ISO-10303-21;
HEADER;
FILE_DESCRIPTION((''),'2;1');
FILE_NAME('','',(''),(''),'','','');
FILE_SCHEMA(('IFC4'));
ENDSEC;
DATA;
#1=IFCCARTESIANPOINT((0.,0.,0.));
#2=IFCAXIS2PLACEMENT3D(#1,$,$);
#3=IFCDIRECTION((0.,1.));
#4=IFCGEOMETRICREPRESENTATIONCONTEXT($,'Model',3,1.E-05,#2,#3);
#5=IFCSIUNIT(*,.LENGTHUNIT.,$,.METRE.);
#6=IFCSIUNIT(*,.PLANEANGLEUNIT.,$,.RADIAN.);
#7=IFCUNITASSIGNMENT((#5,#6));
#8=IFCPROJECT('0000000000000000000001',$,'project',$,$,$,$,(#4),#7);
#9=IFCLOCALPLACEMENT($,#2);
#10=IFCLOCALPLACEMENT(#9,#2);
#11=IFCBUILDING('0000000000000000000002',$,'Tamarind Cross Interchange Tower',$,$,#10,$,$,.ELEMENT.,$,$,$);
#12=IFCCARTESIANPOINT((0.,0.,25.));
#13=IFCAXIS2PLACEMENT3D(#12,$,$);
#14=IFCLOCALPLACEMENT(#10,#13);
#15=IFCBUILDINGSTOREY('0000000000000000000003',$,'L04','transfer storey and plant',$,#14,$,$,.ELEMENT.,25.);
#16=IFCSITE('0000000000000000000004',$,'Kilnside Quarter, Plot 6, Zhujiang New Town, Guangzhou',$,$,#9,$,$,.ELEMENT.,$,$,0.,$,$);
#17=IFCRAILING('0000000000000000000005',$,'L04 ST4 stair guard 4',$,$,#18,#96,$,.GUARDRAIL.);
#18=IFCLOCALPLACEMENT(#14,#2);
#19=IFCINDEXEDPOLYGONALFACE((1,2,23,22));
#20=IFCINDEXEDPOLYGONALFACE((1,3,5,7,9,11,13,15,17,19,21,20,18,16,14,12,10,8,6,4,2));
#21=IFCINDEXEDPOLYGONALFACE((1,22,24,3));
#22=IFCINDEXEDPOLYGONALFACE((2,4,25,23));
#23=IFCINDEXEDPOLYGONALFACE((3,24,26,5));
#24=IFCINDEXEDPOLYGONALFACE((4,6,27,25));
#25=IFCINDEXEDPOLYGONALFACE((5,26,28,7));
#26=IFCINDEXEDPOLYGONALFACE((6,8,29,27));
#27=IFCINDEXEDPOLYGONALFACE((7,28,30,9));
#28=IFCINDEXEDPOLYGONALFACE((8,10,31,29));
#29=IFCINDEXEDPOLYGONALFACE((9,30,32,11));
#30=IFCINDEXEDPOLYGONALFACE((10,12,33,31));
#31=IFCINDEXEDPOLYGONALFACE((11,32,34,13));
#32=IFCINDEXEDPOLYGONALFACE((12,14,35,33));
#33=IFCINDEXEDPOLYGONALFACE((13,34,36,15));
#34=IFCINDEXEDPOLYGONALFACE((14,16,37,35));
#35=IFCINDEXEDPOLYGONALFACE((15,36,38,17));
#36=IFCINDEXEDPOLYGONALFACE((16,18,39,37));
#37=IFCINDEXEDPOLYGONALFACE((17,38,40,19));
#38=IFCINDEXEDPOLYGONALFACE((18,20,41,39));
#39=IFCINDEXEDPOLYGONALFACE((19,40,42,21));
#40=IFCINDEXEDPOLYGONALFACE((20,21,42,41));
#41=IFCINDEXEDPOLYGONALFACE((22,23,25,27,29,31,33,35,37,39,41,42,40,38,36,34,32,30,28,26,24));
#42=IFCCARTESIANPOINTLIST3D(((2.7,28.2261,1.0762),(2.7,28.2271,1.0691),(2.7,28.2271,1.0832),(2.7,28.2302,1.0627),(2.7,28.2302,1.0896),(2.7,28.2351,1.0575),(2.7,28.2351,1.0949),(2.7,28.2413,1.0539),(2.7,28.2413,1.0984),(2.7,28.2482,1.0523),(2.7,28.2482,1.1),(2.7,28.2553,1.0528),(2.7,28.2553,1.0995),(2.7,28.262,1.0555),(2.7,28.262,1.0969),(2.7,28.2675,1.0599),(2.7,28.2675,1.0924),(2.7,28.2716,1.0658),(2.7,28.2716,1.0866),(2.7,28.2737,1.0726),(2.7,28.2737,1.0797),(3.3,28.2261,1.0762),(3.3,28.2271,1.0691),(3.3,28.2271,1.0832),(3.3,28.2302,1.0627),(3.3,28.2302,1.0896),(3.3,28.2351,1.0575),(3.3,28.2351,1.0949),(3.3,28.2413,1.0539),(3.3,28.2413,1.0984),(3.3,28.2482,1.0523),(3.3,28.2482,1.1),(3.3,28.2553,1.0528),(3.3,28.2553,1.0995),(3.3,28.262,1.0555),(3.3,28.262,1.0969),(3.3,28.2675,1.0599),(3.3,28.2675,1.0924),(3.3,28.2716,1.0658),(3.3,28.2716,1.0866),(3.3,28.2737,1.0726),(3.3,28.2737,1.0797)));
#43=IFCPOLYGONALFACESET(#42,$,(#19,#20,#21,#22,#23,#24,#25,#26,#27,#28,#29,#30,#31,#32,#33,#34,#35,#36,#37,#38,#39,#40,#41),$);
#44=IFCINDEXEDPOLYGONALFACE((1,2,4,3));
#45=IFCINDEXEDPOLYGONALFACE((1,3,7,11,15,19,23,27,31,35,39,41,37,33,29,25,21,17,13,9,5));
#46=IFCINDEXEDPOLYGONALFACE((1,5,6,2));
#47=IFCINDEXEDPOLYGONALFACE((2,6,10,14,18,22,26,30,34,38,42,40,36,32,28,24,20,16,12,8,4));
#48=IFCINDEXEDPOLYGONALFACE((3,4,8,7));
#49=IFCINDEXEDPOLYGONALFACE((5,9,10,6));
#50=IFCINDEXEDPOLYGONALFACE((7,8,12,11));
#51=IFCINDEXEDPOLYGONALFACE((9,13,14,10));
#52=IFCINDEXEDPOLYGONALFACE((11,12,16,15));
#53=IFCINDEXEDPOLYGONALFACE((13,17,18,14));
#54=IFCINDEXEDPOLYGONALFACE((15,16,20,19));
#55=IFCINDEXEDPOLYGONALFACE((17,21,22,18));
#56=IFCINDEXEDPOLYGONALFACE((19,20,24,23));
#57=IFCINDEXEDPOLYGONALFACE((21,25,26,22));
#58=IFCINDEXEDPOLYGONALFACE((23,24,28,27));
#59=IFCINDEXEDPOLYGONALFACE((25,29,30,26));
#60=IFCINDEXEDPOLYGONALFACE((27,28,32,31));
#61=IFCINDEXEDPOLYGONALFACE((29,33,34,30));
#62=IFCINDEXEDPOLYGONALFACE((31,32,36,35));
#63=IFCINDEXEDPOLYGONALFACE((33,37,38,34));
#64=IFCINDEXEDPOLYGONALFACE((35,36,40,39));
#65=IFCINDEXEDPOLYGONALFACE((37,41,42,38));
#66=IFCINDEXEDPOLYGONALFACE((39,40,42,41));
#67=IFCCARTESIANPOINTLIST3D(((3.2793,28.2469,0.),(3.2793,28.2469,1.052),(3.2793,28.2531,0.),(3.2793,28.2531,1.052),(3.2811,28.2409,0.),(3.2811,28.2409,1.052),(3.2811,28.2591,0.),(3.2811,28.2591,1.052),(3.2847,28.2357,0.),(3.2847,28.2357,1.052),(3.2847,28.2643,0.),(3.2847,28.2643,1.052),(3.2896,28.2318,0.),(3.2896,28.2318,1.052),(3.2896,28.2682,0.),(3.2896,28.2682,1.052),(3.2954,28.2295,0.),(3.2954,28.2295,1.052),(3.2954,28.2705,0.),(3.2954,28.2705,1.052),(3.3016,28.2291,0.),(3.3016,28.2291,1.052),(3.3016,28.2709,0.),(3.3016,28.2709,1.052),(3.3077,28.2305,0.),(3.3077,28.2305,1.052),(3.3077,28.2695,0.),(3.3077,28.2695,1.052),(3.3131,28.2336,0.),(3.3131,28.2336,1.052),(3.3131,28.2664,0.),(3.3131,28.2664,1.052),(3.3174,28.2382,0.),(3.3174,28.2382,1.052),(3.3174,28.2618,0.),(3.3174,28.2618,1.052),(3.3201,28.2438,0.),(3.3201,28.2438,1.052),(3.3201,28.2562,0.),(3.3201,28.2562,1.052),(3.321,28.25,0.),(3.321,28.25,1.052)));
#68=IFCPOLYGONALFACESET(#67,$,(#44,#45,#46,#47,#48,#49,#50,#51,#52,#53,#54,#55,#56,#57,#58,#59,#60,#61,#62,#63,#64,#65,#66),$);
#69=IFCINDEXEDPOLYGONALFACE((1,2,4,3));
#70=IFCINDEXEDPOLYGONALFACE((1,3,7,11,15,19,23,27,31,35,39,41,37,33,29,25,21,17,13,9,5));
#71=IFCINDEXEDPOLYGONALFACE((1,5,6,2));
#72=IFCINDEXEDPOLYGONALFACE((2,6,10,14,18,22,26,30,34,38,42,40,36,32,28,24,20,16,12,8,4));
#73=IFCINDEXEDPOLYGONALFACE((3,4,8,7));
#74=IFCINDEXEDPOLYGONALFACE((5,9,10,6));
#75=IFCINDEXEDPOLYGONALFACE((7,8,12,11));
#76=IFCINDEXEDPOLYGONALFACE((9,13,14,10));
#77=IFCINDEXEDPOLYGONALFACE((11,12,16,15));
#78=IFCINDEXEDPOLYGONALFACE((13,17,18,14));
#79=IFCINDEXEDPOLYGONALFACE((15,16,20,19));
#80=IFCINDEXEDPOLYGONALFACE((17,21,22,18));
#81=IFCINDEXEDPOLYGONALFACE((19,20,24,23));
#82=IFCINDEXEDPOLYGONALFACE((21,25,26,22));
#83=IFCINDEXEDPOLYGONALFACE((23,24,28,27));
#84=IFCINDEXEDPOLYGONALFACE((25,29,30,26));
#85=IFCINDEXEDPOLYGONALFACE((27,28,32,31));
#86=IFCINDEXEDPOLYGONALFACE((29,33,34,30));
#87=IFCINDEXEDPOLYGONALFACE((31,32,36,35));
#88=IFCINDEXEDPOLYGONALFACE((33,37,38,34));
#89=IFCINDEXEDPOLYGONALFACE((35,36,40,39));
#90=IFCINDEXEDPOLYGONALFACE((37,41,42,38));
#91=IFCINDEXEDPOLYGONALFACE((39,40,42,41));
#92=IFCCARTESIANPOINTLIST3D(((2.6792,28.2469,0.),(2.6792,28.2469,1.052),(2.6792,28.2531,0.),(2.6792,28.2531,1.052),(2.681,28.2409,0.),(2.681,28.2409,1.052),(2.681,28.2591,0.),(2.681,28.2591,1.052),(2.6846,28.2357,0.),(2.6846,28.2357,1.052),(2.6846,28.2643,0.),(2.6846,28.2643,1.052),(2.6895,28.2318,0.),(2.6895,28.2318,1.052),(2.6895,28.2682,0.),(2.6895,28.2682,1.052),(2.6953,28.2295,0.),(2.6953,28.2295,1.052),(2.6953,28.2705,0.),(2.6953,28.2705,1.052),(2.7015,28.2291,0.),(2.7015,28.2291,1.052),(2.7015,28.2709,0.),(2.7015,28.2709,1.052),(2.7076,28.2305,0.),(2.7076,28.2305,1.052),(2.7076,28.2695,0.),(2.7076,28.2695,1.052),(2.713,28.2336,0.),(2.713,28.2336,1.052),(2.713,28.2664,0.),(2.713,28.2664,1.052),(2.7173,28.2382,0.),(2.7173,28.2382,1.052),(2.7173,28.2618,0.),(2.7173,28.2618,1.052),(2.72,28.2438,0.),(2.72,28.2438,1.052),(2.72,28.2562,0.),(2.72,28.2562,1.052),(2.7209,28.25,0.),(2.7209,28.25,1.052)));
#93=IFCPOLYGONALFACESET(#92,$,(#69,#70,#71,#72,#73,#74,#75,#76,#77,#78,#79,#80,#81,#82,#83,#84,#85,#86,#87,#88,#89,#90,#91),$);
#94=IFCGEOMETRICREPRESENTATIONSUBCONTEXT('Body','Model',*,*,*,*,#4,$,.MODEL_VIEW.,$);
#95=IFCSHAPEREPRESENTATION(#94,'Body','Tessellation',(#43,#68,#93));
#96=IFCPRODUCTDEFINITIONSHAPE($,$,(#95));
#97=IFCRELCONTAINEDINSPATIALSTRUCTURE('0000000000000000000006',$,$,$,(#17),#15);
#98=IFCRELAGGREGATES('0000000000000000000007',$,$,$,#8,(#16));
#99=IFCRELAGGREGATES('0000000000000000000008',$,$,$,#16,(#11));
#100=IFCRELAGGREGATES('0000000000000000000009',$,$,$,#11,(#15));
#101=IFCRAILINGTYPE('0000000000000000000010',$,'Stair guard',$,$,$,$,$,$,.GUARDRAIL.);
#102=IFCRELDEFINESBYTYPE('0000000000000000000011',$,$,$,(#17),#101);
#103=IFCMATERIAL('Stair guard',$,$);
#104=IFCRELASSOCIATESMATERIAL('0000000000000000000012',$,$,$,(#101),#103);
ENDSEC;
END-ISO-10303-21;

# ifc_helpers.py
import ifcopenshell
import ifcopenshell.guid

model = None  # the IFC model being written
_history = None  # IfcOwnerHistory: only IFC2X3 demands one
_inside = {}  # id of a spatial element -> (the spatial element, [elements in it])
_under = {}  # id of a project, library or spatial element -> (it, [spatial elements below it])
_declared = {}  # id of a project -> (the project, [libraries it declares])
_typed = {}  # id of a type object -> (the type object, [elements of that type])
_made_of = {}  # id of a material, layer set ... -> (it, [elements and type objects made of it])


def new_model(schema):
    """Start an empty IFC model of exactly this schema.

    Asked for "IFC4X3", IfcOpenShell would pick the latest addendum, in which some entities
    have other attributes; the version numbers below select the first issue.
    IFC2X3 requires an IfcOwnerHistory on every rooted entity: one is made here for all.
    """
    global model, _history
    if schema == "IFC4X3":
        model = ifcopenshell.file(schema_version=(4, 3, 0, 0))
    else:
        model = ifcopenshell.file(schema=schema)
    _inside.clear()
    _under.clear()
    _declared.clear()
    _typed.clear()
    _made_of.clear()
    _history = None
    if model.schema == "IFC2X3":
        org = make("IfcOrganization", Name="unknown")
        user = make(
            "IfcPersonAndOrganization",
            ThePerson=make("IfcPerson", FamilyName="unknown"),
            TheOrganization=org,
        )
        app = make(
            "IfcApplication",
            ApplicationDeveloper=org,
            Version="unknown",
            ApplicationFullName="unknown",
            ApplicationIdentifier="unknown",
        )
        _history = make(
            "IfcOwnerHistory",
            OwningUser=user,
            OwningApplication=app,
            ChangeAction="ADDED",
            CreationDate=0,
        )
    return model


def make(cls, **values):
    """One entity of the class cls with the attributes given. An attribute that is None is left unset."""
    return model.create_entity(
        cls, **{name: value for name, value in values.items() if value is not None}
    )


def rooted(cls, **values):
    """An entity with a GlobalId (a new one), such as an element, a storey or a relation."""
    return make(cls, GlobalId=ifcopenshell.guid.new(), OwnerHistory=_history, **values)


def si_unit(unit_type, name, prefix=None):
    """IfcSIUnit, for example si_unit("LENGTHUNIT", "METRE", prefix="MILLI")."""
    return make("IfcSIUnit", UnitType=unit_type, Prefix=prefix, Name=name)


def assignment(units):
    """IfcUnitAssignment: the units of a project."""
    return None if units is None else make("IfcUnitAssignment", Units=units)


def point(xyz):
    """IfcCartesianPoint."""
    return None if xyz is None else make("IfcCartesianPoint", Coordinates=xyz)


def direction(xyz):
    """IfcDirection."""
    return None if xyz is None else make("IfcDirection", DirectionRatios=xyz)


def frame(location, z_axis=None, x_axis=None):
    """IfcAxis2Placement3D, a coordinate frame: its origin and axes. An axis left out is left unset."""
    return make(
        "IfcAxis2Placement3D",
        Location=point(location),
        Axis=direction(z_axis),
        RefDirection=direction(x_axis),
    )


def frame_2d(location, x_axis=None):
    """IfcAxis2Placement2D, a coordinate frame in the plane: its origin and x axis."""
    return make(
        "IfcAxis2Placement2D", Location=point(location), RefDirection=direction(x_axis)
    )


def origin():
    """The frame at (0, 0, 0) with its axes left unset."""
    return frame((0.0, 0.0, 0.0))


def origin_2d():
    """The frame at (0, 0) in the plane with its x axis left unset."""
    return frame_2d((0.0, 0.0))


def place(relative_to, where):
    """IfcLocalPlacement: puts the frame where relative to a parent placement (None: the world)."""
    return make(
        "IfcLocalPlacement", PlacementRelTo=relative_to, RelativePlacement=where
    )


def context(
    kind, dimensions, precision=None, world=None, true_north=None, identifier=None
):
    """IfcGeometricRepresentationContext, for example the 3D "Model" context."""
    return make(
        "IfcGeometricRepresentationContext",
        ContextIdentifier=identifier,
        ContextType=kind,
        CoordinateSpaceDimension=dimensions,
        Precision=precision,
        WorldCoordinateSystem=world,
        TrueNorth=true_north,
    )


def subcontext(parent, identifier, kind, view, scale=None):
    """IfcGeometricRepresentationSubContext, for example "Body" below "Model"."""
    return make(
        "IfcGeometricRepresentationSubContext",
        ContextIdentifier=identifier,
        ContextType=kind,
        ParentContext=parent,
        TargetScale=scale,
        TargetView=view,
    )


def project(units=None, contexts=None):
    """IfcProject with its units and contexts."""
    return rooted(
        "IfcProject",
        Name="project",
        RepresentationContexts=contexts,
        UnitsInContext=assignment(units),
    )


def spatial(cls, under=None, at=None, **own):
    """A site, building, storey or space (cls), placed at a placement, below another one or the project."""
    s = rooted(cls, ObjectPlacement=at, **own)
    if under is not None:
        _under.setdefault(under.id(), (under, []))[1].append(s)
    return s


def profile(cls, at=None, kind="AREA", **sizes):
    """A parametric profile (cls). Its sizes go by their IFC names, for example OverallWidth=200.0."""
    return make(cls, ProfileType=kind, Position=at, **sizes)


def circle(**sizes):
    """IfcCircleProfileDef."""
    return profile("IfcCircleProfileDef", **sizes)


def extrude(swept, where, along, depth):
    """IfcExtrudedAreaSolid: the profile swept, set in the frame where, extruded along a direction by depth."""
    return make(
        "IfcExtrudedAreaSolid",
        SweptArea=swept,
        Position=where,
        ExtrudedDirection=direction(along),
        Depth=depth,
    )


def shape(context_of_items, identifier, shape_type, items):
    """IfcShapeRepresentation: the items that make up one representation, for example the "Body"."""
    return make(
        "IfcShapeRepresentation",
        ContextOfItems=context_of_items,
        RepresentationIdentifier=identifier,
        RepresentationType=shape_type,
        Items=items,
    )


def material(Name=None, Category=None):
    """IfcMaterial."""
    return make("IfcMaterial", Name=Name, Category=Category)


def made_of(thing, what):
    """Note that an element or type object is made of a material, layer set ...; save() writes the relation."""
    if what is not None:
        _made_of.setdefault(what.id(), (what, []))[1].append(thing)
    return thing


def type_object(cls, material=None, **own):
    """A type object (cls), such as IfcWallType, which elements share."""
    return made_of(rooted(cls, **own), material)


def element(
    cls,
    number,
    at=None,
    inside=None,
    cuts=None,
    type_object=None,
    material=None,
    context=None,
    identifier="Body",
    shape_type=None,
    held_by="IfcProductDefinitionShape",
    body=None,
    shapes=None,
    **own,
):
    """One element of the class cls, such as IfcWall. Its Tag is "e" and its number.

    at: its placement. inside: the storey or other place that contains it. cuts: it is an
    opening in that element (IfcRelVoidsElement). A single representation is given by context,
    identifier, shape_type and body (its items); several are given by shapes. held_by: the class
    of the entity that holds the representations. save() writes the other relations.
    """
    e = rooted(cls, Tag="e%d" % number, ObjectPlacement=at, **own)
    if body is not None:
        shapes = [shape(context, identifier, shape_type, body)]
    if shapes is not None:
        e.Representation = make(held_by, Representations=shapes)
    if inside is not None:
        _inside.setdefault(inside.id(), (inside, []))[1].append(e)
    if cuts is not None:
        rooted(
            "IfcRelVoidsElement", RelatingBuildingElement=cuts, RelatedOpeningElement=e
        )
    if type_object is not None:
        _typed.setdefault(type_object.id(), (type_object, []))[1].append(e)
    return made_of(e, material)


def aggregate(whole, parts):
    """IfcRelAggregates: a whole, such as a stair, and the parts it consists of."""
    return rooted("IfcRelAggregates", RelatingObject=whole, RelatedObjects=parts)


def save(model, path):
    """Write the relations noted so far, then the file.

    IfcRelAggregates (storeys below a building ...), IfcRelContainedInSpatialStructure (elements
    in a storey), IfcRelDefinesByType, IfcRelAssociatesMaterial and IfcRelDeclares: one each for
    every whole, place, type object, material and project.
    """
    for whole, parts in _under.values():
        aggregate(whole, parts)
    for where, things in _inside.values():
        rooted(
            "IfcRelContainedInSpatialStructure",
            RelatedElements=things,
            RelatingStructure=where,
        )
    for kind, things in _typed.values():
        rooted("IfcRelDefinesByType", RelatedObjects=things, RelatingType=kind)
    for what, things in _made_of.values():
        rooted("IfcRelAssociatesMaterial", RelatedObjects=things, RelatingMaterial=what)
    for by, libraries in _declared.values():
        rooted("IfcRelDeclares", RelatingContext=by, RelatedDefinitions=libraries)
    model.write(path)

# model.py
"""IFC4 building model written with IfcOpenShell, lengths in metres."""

from ifc_helpers import new_model, si_unit, direction, frame, origin, origin_2d, place, context, subcontext, project, spatial, circle, extrude, material, type_object, element, save


model = new_model("IFC4")

# Units and contexts
model_context = context("Model", 3, precision=1e-05, world=origin(), true_north=direction((0.0, 1.0)))
body_context = subcontext(model_context, "Body", "Model", "MODEL_VIEW")
ifc_project = project(units=[si_unit("LENGTHUNIT", "METRE"), si_unit("PLANEANGLEUNIT", "RADIAN")], contexts=[model_context])

# Site, building, storey
site_placement = place(None, origin())
site = spatial("IfcSite", under=ifc_project, at=site_placement, Name="Kilnside Quarter, Plot 6, Zhujiang New Town, Guangzhou", CompositionType="ELEMENT", RefElevation=0.0)
building_placement = place(site_placement, origin())
building = spatial("IfcBuilding", under=site, at=building_placement, Name="Tamarind Cross Interchange Tower", CompositionType="ELEMENT")
storey_placement = place(building_placement, frame((0.0, 0.0, 25.0)))
storey = spatial("IfcBuildingStorey", under=building, at=storey_placement, Name="L04", Description="transfer storey and plant", CompositionType="ELEMENT", Elevation=25.0)

# Railing
ifc_material_1 = material(Name="Stair guard")
railing_type_1 = type_object("IfcRailingType", Name="Stair guard", PredefinedType="GUARDRAIL", material=ifc_material_1)
railing_1_placement = place(storey_placement, frame((3.3, 28.25, 0.0)))
element("IfcRailing", 1, at=railing_1_placement, inside=storey, type_object=railing_type_1, Name="L04 ST4 stair guard 4", PredefinedType="GUARDRAIL", context=body_context, shape_type="SweptSolid", body=[
    extrude(circle(Radius=0.0239, at=origin_2d()), frame((0.0, 0.0, 1.0762), z_axis=(-1.0, 0.0, 0.0), x_axis=(0.0, -1.0, 0.0)), (0.0, 0.0, 1.0), 0.6001),
    extrude(circle(Radius=0.021, at=origin_2d()), origin(), (0.0, 0.0, 1.0), 1.052),
    extrude(circle(Radius=0.021, at=origin_2d()), frame((-0.6001, 0.0, 0.0)), (0.0, 0.0, 1.0), 1.052),
])

save(model, "model.ifc")
